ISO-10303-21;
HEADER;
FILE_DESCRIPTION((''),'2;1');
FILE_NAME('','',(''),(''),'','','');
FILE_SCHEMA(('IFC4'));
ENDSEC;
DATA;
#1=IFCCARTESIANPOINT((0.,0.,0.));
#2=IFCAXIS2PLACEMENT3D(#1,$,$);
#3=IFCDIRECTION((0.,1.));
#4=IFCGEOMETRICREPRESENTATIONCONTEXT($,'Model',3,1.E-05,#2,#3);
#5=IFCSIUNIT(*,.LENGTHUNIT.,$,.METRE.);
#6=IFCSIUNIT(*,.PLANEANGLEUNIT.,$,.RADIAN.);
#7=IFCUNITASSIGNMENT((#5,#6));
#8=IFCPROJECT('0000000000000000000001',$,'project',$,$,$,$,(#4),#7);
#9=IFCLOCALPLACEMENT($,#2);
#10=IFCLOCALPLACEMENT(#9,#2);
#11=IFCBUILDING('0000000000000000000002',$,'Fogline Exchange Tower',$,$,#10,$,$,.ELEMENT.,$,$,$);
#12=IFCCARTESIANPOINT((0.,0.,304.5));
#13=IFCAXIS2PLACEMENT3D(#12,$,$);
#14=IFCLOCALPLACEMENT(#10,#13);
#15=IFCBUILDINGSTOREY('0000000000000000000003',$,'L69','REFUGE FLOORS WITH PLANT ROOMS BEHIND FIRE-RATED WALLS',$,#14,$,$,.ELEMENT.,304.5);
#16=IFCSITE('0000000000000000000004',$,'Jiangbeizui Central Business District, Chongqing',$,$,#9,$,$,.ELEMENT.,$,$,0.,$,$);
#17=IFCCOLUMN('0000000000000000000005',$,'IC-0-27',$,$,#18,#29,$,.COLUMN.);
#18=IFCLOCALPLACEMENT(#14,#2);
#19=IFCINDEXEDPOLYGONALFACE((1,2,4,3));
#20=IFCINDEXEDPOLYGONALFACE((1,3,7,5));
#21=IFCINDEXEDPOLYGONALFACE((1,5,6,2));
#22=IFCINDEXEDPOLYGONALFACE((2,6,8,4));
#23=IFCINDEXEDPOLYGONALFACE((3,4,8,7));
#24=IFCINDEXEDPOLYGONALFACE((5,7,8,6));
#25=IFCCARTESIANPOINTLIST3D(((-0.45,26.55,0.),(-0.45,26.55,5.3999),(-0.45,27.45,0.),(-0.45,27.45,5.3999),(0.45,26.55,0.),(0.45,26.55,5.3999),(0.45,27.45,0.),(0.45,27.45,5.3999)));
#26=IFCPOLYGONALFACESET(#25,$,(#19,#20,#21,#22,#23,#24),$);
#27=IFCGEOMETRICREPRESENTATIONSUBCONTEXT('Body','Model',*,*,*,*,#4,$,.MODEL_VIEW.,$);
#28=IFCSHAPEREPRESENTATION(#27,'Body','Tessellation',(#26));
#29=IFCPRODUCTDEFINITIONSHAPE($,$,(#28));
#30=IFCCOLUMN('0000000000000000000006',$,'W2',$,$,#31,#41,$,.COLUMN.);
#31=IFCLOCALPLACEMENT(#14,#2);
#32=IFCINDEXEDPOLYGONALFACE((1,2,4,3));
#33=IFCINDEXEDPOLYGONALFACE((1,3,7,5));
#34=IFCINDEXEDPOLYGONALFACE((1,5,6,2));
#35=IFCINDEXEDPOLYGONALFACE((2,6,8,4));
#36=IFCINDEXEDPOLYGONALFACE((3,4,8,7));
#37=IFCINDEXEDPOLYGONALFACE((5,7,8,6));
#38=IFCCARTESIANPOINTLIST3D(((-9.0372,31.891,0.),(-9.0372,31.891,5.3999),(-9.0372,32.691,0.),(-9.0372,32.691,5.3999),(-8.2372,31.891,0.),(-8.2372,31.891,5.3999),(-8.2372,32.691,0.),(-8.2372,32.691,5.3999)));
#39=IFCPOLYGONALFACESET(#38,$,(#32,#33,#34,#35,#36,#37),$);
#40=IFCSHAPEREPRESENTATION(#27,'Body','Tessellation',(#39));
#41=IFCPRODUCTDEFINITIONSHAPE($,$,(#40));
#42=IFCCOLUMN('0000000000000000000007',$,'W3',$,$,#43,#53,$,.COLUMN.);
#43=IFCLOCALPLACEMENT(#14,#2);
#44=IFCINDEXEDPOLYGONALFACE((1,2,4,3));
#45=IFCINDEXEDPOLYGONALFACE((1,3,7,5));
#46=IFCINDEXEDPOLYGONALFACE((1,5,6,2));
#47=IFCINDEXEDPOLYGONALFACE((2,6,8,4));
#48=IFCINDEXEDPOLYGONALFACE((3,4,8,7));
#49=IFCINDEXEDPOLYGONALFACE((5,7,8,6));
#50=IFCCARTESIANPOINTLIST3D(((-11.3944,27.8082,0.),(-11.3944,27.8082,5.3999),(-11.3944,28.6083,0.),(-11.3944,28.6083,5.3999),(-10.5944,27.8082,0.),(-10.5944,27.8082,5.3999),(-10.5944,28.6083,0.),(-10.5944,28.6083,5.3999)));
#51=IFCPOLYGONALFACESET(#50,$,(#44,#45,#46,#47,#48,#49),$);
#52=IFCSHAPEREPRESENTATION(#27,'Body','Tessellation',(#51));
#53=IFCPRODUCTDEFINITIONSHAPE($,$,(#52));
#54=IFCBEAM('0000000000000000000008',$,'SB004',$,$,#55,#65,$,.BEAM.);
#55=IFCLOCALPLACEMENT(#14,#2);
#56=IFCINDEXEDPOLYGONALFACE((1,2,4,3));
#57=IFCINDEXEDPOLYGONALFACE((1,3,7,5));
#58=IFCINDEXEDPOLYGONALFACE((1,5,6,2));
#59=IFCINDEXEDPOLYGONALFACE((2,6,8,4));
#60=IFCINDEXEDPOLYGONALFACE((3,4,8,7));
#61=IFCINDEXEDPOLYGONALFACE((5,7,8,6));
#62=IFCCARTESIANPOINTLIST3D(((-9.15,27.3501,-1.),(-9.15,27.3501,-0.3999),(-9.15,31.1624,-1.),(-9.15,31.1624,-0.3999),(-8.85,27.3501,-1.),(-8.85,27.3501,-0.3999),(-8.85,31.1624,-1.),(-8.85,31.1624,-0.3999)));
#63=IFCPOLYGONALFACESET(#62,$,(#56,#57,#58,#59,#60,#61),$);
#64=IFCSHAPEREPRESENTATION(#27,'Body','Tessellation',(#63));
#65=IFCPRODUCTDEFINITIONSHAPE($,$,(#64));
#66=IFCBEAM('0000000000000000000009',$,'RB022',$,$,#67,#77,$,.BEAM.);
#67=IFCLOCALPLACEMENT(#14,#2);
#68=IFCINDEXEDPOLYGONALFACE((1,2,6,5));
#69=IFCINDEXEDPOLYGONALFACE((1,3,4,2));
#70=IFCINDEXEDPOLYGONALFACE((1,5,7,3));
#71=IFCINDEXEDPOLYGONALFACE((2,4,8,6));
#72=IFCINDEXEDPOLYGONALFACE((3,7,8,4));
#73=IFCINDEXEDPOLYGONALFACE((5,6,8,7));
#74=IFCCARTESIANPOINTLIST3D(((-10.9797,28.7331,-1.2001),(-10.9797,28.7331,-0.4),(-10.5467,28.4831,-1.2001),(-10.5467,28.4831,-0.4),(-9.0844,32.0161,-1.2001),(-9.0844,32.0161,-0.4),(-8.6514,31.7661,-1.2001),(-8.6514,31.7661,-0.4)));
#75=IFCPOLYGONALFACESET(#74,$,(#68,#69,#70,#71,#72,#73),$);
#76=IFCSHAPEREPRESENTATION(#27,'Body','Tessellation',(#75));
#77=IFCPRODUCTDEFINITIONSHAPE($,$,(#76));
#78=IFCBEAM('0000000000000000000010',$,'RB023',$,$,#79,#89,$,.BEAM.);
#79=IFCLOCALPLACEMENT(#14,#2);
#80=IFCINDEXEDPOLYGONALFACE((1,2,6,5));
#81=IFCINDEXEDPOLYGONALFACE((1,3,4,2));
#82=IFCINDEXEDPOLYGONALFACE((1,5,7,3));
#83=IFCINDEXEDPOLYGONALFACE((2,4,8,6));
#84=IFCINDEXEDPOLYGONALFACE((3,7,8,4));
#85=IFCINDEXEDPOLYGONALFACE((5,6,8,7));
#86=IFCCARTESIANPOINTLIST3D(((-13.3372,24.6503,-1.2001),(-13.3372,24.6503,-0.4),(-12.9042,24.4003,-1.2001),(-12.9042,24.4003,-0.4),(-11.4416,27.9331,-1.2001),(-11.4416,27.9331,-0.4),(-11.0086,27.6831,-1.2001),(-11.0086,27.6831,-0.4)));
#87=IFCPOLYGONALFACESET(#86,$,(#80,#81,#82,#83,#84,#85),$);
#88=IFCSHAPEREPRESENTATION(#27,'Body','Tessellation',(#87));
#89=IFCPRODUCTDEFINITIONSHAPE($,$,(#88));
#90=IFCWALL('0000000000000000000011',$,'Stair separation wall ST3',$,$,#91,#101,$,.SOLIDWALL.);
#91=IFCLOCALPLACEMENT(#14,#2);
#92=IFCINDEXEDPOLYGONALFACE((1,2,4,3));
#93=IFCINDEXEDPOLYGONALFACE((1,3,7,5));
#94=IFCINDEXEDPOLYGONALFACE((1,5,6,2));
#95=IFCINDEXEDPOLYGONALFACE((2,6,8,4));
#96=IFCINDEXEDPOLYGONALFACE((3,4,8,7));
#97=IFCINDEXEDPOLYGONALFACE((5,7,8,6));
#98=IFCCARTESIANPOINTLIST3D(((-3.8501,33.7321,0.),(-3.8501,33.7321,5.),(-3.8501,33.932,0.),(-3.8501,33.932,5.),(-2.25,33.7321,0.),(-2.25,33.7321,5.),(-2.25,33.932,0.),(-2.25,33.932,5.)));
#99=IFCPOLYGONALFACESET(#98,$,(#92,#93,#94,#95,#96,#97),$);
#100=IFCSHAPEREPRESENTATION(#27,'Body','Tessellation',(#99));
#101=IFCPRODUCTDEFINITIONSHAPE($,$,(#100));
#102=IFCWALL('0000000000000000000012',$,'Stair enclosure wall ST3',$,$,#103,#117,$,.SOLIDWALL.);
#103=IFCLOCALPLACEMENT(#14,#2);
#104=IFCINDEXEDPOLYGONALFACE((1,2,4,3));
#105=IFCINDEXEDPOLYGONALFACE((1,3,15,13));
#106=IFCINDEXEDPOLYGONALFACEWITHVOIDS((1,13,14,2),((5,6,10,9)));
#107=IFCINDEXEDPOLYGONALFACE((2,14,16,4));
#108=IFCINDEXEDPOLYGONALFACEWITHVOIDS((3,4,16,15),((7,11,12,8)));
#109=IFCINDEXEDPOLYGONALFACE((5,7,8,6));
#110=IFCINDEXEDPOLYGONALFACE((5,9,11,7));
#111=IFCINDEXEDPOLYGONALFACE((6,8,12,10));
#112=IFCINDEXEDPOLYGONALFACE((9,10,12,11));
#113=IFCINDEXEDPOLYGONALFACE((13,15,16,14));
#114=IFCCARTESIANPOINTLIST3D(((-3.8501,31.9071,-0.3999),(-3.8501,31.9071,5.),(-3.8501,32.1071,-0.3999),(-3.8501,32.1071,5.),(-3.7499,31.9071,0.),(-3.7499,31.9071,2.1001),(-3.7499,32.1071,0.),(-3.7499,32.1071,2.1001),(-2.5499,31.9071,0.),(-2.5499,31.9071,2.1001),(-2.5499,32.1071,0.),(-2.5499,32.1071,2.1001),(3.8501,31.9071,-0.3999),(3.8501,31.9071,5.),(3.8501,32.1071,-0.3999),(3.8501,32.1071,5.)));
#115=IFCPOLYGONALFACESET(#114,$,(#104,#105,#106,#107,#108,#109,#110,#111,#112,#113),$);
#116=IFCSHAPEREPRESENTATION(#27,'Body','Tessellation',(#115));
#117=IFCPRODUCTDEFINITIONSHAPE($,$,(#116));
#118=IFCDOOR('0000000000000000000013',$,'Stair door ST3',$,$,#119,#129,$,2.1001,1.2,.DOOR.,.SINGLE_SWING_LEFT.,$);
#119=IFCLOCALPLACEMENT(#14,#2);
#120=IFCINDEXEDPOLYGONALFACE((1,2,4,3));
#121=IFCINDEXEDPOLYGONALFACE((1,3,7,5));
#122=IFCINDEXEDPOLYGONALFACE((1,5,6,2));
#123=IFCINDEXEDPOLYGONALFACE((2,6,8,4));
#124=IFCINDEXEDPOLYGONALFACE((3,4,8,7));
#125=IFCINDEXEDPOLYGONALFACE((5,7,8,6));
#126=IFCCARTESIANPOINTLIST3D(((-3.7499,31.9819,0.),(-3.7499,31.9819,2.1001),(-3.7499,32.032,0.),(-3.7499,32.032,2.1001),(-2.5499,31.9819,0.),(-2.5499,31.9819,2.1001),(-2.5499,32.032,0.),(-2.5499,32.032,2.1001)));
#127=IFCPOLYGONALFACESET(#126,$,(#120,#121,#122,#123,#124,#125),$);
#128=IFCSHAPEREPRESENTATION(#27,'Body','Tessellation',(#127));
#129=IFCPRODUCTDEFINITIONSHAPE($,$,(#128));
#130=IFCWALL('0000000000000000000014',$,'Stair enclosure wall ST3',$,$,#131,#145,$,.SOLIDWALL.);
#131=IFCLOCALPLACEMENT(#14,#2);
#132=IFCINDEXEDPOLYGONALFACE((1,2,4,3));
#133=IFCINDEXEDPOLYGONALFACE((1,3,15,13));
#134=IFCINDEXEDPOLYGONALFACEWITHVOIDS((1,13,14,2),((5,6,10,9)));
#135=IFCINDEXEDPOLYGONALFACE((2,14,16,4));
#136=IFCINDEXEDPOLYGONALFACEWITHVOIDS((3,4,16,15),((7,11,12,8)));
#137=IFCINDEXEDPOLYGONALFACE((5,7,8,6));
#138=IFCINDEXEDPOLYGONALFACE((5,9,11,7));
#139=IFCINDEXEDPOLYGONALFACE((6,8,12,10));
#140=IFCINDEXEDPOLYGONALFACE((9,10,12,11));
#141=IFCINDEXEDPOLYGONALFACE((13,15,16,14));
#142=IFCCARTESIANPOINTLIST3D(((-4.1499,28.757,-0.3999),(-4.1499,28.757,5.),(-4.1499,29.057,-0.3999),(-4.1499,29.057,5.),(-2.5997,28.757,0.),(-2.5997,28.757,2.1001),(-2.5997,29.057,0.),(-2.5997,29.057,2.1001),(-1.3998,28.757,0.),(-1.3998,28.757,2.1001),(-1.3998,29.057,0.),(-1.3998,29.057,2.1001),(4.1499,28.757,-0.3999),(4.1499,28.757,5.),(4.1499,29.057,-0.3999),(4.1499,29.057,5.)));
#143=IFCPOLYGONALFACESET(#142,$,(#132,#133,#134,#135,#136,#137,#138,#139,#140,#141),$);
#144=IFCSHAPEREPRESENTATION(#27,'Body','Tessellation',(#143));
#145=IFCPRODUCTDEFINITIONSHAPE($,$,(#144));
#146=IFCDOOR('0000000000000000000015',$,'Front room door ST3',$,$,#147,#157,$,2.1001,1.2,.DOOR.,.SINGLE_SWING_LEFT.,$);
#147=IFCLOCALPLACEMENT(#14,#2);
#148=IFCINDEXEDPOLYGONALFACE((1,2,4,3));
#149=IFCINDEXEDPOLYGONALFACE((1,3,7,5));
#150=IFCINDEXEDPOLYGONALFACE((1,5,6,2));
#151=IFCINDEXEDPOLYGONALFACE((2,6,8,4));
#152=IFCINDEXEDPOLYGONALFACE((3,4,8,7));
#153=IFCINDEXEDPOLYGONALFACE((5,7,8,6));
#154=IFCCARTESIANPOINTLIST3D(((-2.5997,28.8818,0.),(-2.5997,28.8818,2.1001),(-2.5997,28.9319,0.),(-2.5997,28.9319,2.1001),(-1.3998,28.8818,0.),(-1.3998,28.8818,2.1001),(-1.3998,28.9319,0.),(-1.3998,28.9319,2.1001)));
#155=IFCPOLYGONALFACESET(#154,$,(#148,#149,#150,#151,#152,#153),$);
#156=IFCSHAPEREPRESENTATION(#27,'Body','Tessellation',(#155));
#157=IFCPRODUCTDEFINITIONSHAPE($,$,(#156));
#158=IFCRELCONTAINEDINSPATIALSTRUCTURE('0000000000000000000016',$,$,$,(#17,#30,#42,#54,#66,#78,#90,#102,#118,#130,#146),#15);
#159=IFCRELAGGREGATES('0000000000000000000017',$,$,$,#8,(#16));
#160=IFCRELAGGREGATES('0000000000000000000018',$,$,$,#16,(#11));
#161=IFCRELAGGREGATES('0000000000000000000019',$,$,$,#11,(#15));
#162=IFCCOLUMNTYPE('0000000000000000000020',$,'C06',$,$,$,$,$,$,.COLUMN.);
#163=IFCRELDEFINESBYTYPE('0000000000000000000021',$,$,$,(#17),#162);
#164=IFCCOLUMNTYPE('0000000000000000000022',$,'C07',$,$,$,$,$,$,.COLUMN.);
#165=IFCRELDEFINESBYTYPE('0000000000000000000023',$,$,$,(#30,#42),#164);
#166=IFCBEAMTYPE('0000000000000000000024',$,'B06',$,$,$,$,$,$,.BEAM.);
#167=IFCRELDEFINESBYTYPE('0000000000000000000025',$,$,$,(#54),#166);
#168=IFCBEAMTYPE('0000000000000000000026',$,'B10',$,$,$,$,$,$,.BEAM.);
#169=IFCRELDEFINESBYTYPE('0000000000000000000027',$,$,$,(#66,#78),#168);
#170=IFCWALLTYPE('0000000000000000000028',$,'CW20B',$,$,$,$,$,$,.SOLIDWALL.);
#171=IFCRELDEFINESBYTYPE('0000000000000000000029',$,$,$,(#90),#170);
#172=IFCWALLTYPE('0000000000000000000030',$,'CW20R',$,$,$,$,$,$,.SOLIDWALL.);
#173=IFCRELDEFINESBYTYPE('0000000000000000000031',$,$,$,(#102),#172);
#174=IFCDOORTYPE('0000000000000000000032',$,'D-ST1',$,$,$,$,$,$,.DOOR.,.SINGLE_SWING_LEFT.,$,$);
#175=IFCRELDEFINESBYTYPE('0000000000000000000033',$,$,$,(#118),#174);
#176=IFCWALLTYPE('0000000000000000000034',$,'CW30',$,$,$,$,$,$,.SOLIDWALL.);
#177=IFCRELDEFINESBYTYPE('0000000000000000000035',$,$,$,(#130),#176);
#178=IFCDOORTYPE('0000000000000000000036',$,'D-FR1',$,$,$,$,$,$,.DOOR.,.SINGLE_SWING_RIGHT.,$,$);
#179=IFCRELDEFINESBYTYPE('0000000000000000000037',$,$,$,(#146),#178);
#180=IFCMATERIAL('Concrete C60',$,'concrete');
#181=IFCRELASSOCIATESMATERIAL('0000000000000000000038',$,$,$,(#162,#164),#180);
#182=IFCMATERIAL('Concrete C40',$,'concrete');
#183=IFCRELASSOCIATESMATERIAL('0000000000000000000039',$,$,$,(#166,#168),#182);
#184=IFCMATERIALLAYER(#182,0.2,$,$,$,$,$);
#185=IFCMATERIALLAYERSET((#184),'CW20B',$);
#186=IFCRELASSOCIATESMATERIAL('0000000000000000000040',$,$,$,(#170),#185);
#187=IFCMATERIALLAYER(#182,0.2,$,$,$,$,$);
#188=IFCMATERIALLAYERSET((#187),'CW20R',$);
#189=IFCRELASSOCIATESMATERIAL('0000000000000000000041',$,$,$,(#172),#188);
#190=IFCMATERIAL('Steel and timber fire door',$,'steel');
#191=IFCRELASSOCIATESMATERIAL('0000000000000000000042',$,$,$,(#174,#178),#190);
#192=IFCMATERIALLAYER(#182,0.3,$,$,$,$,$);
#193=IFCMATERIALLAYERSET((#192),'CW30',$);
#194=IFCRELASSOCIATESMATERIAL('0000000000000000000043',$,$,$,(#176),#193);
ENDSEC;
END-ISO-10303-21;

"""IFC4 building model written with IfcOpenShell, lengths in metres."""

from ifc_helpers import new_model, si_unit, direction, frame, frame_2d, origin, origin_2d, place, context, subcontext, project, spatial, rectangle, extrude, material, layer, layer_set, material_profile, profile_set, type_object, element, fill, save


model = new_model("IFC4")

# Units and contexts
model_context = context("Model", 3, precision=1e-05, world=origin(), true_north=direction((0.0, 1.0)))
body_context = subcontext(model_context, "Body", "Model", "MODEL_VIEW")
ifc_project = project(units=[si_unit("LENGTHUNIT", "METRE"), si_unit("PLANEANGLEUNIT", "RADIAN")], contexts=[model_context])

# Site, building, storey
site_placement = place(None, origin())
site = spatial("IfcSite", under=ifc_project, at=site_placement, Name="Jiangbeizui Central Business District, Chongqing", CompositionType="ELEMENT", RefElevation=0.0)
building_placement = place(site_placement, origin())
building = spatial("IfcBuilding", under=site, at=building_placement, Name="Fogline Exchange Tower", CompositionType="ELEMENT")
storey_placement = place(building_placement, frame((0.0, 0.0, 304.5)))
storey = spatial("IfcBuildingStorey", under=building, at=storey_placement, Name="L69", Description="REFUGE FLOORS WITH PLANT ROOMS BEHIND FIRE-RATED WALLS", CompositionType="ELEMENT", Elevation=304.5)

# Columns
ifc_material_1 = material(Name="Concrete C60", Category="concrete")
ifc_material_profile_1 = material_profile(ifc_material_1, rectangle(XDim=0.8999, YDim=0.8999, at=origin_2d()), Name="RC 900x900")
ifc_profile_set_1 = profile_set([ifc_material_profile_1], Name="Concrete C60")
column_type_1 = type_object("IfcColumnType", Name="C06", PredefinedType="COLUMN", material=ifc_profile_set_1)
column_placement = place(storey_placement, frame((0.0, 27.0, 0.0), z_axis=(0.0, 0.0, 1.0), x_axis=(1.0, 0.0, 0.0)))
element("IfcColumn", 1, at=column_placement, inside=storey, type_object=column_type_1, Name="IC-0-27", PredefinedType="COLUMN", context=body_context, shape_type="SweptSolid", body=[
    extrude(rectangle(XDim=0.8999, YDim=0.8999, at=origin_2d()), origin(), (0.0, 0.0, 1.0), 5.3999),
])
ifc_material_profile_2 = material_profile(ifc_material_1, rectangle(XDim=0.8, YDim=0.8, at=origin_2d()), Name="RC 800x800")
ifc_profile_set_2 = profile_set([ifc_material_profile_2], Name="Concrete C60")
column_type_2 = type_object("IfcColumnType", Name="C07", PredefinedType="COLUMN", material=ifc_profile_set_2)
for number, where, z_axis, x_axis, name in (
    (2, (-8.6372, 32.291, 0.0), (0.0, 0.0, 1.0), (1.0, 0.0, 0.0), "W2"),
    (3, (-10.9944, 28.2083, 0.0), (0.0, 0.0, 1.0), (1.0, 0.0, 0.0), "W3"),
):
    element("IfcColumn", number, at=place(storey_placement, frame(where, z_axis=z_axis, x_axis=x_axis)), inside=storey, type_object=column_type_2, Name=name, PredefinedType="COLUMN", context=body_context, shape_type="SweptSolid", body=[
        extrude(rectangle(XDim=0.8, YDim=0.8, at=origin_2d()), origin(), (0.0, 0.0, 1.0), 5.3999),
    ])

# Beams
ifc_material_2 = material(Name="Concrete C40", Category="concrete")
ifc_material_profile_3 = material_profile(ifc_material_2, rectangle(XDim=0.3, YDim=0.6001, at=origin_2d()), Name="RC 300x600")
ifc_profile_set_3 = profile_set([ifc_material_profile_3], Name="Concrete C40")
beam_type_1 = type_object("IfcBeamType", Name="B06", PredefinedType="BEAM", material=ifc_profile_set_3)
beam_placement = place(storey_placement, frame((-9.0, 27.3501, -0.7), z_axis=(0.0, 1.0, 0.0), x_axis=(-1.0, 0.0, 0.0)))
element("IfcBeam", 4, at=beam_placement, inside=storey, type_object=beam_type_1, Name="SB004", PredefinedType="BEAM", context=body_context, shape_type="SweptSolid", body=[
    extrude(rectangle(XDim=0.3, YDim=0.6001, at=origin_2d()), origin(), (0.0, 0.0, 1.0), 3.8123),
])
ifc_material_profile_4 = material_profile(ifc_material_2, rectangle(XDim=0.5, YDim=0.8, at=origin_2d()), Name="RC 500x800")
ifc_profile_set_4 = profile_set([ifc_material_profile_4], Name="Concrete C40")
beam_type_2 = type_object("IfcBeamType", Name="B10", PredefinedType="BEAM", material=ifc_profile_set_4)
for number, where, z_axis, x_axis, name in (
    (5, (-8.8679, 31.8911, -0.8), (-0.49997, -0.866043, 0.0), (0.866043, -0.49997, 0.0), "RB022"),
    (6, (-11.2251, 27.8081, -0.8), (-0.500046, -0.865999, 0.0), (0.865999, -0.500046, 0.0), "RB023"),
):
    element("IfcBeam", number, at=place(storey_placement, frame(where, z_axis=z_axis, x_axis=x_axis)), inside=storey, type_object=beam_type_2, Name=name, PredefinedType="BEAM", context=body_context, shape_type="SweptSolid", body=[
        extrude(rectangle(XDim=0.5, YDim=0.8, at=origin_2d()), origin(), (0.0, 0.0, 1.0), 3.7908),
    ])

# Wall
ifc_layer_1 = layer(ifc_material_2, 0.2)
ifc_layer_set_1 = layer_set([ifc_layer_1], Name="CW20B")
wall_type_1 = type_object("IfcWallType", Name="CW20B", PredefinedType="SOLIDWALL", material=ifc_layer_set_1)
wall_1_placement = place(storey_placement, frame((-3.8501, 33.832, 0.0), z_axis=(0.0, 0.0, 1.0), x_axis=(1.0, 0.0, 0.0)))
element("IfcWall", 7, at=wall_1_placement, inside=storey, type_object=wall_type_1, Name="Stair separation wall ST3", PredefinedType="SOLIDWALL", context=body_context, shape_type="SweptSolid", body=[
    extrude(rectangle(XDim=1.6001, YDim=0.2, at=frame_2d((0.8, 0.0))), origin(), (0.0, 0.0, 1.0), 5.0),
])

# Walls, openings, doors
ifc_layer_2 = layer(ifc_material_2, 0.2)
ifc_layer_set_2 = layer_set([ifc_layer_2], Name="CW20R")
wall_type_2 = type_object("IfcWallType", Name="CW20R", PredefinedType="SOLIDWALL", material=ifc_layer_set_2)
wall_2_placement = place(storey_placement, frame((-3.8501, 32.0071, -0.3999), z_axis=(0.0, 0.0, 1.0), x_axis=(1.0, 0.0, 0.0)))
wall_2 = element("IfcWall", 8, at=wall_2_placement, inside=storey, type_object=wall_type_2, Name="Stair enclosure wall ST3", PredefinedType="SOLIDWALL", context=body_context, shape_type="SweptSolid", body=[
    extrude(rectangle(XDim=7.7002, YDim=0.2, at=frame_2d((3.8501, 0.0))), origin(), (0.0, 0.0, 1.0), 5.3999),
])
opening_1_placement = place(wall_2_placement, frame((0.1001, 0.0, 0.3999)))
opening_1 = element("IfcOpeningElement", 9, at=opening_1_placement, cuts=wall_2, PredefinedType="OPENING", context=body_context, shape_type="SweptSolid", body=[
    extrude(rectangle(XDim=1.2, YDim=2.1001, at=frame_2d((0.6001, 1.05))), frame((0.0, 0.1099, 0.0), z_axis=(0.0, -1.0, 0.0), x_axis=(1.0, 0.0, 0.0)), (0.0, 0.0, 1.0), 0.22),
])
ifc_material_3 = material(Name="Steel and timber fire door", Category="steel")
door_type_1 = type_object("IfcDoorType", Name="D-ST1", OperationType="SINGLE_SWING_LEFT", PredefinedType="DOOR", material=ifc_material_3)
door_1_placement = place(opening_1_placement, origin())
door_1 = element("IfcDoor", 10, at=door_1_placement, inside=storey, type_object=door_type_1, Name="Stair door ST3", OperationType="SINGLE_SWING_LEFT", OverallHeight=2.1001, OverallWidth=1.2, PredefinedType="DOOR", context=body_context, shape_type="SweptSolid", body=[
    extrude(rectangle(XDim=1.2, YDim=2.1001, at=frame_2d((0.6001, 1.05))), frame((0.0, 0.0249, 0.0), z_axis=(0.0, -1.0, 0.0), x_axis=(1.0, 0.0, 0.0)), (0.0, 0.0, 1.0), 0.05),
])
fill(opening_1, door_1)
ifc_layer_3 = layer(ifc_material_2, 0.3)
ifc_layer_set_3 = layer_set([ifc_layer_3], Name="CW30")
wall_type_3 = type_object("IfcWallType", Name="CW30", PredefinedType="SOLIDWALL", material=ifc_layer_set_3)
wall_3_placement = place(storey_placement, frame((-4.1499, 28.907, -0.3999), z_axis=(0.0, 0.0, 1.0), x_axis=(1.0, 0.0, 0.0)))
wall_3 = element("IfcWall", 11, at=wall_3_placement, inside=storey, type_object=wall_type_3, Name="Stair enclosure wall ST3", PredefinedType="SOLIDWALL", context=body_context, shape_type="SweptSolid", body=[
    extrude(rectangle(XDim=8.2998, YDim=0.3, at=frame_2d((4.1499, 0.0))), origin(), (0.0, 0.0, 1.0), 5.3999),
])
opening_2_placement = place(wall_3_placement, frame((1.55, 0.0, 0.3999)))
opening_2 = element("IfcOpeningElement", 12, at=opening_2_placement, cuts=wall_3, PredefinedType="OPENING", context=body_context, shape_type="SweptSolid", body=[
    extrude(rectangle(XDim=1.2, YDim=2.1001, at=frame_2d((0.6001, 1.05))), frame((0.0, 0.1602, 0.0), z_axis=(0.0, -1.0, 0.0), x_axis=(1.0, 0.0, 0.0)), (0.0, 0.0, 1.0), 0.3201),
])
door_type_2 = type_object("IfcDoorType", Name="D-FR1", OperationType="SINGLE_SWING_RIGHT", PredefinedType="DOOR", material=ifc_material_3)
door_2_placement = place(opening_2_placement, origin())
door_2 = element("IfcDoor", 13, at=door_2_placement, inside=storey, type_object=door_type_2, Name="Front room door ST3", OperationType="SINGLE_SWING_LEFT", OverallHeight=2.1001, OverallWidth=1.2, PredefinedType="DOOR", context=body_context, shape_type="SweptSolid", body=[
    extrude(rectangle(XDim=1.2, YDim=2.1001, at=frame_2d((0.6001, 1.05))), frame((0.0, 0.0249, 0.0), z_axis=(0.0, -1.0, 0.0), x_axis=(1.0, 0.0, 0.0)), (0.0, 0.0, 1.0), 0.05),
])
fill(opening_2, door_2)

save(model, "model.ifc")
